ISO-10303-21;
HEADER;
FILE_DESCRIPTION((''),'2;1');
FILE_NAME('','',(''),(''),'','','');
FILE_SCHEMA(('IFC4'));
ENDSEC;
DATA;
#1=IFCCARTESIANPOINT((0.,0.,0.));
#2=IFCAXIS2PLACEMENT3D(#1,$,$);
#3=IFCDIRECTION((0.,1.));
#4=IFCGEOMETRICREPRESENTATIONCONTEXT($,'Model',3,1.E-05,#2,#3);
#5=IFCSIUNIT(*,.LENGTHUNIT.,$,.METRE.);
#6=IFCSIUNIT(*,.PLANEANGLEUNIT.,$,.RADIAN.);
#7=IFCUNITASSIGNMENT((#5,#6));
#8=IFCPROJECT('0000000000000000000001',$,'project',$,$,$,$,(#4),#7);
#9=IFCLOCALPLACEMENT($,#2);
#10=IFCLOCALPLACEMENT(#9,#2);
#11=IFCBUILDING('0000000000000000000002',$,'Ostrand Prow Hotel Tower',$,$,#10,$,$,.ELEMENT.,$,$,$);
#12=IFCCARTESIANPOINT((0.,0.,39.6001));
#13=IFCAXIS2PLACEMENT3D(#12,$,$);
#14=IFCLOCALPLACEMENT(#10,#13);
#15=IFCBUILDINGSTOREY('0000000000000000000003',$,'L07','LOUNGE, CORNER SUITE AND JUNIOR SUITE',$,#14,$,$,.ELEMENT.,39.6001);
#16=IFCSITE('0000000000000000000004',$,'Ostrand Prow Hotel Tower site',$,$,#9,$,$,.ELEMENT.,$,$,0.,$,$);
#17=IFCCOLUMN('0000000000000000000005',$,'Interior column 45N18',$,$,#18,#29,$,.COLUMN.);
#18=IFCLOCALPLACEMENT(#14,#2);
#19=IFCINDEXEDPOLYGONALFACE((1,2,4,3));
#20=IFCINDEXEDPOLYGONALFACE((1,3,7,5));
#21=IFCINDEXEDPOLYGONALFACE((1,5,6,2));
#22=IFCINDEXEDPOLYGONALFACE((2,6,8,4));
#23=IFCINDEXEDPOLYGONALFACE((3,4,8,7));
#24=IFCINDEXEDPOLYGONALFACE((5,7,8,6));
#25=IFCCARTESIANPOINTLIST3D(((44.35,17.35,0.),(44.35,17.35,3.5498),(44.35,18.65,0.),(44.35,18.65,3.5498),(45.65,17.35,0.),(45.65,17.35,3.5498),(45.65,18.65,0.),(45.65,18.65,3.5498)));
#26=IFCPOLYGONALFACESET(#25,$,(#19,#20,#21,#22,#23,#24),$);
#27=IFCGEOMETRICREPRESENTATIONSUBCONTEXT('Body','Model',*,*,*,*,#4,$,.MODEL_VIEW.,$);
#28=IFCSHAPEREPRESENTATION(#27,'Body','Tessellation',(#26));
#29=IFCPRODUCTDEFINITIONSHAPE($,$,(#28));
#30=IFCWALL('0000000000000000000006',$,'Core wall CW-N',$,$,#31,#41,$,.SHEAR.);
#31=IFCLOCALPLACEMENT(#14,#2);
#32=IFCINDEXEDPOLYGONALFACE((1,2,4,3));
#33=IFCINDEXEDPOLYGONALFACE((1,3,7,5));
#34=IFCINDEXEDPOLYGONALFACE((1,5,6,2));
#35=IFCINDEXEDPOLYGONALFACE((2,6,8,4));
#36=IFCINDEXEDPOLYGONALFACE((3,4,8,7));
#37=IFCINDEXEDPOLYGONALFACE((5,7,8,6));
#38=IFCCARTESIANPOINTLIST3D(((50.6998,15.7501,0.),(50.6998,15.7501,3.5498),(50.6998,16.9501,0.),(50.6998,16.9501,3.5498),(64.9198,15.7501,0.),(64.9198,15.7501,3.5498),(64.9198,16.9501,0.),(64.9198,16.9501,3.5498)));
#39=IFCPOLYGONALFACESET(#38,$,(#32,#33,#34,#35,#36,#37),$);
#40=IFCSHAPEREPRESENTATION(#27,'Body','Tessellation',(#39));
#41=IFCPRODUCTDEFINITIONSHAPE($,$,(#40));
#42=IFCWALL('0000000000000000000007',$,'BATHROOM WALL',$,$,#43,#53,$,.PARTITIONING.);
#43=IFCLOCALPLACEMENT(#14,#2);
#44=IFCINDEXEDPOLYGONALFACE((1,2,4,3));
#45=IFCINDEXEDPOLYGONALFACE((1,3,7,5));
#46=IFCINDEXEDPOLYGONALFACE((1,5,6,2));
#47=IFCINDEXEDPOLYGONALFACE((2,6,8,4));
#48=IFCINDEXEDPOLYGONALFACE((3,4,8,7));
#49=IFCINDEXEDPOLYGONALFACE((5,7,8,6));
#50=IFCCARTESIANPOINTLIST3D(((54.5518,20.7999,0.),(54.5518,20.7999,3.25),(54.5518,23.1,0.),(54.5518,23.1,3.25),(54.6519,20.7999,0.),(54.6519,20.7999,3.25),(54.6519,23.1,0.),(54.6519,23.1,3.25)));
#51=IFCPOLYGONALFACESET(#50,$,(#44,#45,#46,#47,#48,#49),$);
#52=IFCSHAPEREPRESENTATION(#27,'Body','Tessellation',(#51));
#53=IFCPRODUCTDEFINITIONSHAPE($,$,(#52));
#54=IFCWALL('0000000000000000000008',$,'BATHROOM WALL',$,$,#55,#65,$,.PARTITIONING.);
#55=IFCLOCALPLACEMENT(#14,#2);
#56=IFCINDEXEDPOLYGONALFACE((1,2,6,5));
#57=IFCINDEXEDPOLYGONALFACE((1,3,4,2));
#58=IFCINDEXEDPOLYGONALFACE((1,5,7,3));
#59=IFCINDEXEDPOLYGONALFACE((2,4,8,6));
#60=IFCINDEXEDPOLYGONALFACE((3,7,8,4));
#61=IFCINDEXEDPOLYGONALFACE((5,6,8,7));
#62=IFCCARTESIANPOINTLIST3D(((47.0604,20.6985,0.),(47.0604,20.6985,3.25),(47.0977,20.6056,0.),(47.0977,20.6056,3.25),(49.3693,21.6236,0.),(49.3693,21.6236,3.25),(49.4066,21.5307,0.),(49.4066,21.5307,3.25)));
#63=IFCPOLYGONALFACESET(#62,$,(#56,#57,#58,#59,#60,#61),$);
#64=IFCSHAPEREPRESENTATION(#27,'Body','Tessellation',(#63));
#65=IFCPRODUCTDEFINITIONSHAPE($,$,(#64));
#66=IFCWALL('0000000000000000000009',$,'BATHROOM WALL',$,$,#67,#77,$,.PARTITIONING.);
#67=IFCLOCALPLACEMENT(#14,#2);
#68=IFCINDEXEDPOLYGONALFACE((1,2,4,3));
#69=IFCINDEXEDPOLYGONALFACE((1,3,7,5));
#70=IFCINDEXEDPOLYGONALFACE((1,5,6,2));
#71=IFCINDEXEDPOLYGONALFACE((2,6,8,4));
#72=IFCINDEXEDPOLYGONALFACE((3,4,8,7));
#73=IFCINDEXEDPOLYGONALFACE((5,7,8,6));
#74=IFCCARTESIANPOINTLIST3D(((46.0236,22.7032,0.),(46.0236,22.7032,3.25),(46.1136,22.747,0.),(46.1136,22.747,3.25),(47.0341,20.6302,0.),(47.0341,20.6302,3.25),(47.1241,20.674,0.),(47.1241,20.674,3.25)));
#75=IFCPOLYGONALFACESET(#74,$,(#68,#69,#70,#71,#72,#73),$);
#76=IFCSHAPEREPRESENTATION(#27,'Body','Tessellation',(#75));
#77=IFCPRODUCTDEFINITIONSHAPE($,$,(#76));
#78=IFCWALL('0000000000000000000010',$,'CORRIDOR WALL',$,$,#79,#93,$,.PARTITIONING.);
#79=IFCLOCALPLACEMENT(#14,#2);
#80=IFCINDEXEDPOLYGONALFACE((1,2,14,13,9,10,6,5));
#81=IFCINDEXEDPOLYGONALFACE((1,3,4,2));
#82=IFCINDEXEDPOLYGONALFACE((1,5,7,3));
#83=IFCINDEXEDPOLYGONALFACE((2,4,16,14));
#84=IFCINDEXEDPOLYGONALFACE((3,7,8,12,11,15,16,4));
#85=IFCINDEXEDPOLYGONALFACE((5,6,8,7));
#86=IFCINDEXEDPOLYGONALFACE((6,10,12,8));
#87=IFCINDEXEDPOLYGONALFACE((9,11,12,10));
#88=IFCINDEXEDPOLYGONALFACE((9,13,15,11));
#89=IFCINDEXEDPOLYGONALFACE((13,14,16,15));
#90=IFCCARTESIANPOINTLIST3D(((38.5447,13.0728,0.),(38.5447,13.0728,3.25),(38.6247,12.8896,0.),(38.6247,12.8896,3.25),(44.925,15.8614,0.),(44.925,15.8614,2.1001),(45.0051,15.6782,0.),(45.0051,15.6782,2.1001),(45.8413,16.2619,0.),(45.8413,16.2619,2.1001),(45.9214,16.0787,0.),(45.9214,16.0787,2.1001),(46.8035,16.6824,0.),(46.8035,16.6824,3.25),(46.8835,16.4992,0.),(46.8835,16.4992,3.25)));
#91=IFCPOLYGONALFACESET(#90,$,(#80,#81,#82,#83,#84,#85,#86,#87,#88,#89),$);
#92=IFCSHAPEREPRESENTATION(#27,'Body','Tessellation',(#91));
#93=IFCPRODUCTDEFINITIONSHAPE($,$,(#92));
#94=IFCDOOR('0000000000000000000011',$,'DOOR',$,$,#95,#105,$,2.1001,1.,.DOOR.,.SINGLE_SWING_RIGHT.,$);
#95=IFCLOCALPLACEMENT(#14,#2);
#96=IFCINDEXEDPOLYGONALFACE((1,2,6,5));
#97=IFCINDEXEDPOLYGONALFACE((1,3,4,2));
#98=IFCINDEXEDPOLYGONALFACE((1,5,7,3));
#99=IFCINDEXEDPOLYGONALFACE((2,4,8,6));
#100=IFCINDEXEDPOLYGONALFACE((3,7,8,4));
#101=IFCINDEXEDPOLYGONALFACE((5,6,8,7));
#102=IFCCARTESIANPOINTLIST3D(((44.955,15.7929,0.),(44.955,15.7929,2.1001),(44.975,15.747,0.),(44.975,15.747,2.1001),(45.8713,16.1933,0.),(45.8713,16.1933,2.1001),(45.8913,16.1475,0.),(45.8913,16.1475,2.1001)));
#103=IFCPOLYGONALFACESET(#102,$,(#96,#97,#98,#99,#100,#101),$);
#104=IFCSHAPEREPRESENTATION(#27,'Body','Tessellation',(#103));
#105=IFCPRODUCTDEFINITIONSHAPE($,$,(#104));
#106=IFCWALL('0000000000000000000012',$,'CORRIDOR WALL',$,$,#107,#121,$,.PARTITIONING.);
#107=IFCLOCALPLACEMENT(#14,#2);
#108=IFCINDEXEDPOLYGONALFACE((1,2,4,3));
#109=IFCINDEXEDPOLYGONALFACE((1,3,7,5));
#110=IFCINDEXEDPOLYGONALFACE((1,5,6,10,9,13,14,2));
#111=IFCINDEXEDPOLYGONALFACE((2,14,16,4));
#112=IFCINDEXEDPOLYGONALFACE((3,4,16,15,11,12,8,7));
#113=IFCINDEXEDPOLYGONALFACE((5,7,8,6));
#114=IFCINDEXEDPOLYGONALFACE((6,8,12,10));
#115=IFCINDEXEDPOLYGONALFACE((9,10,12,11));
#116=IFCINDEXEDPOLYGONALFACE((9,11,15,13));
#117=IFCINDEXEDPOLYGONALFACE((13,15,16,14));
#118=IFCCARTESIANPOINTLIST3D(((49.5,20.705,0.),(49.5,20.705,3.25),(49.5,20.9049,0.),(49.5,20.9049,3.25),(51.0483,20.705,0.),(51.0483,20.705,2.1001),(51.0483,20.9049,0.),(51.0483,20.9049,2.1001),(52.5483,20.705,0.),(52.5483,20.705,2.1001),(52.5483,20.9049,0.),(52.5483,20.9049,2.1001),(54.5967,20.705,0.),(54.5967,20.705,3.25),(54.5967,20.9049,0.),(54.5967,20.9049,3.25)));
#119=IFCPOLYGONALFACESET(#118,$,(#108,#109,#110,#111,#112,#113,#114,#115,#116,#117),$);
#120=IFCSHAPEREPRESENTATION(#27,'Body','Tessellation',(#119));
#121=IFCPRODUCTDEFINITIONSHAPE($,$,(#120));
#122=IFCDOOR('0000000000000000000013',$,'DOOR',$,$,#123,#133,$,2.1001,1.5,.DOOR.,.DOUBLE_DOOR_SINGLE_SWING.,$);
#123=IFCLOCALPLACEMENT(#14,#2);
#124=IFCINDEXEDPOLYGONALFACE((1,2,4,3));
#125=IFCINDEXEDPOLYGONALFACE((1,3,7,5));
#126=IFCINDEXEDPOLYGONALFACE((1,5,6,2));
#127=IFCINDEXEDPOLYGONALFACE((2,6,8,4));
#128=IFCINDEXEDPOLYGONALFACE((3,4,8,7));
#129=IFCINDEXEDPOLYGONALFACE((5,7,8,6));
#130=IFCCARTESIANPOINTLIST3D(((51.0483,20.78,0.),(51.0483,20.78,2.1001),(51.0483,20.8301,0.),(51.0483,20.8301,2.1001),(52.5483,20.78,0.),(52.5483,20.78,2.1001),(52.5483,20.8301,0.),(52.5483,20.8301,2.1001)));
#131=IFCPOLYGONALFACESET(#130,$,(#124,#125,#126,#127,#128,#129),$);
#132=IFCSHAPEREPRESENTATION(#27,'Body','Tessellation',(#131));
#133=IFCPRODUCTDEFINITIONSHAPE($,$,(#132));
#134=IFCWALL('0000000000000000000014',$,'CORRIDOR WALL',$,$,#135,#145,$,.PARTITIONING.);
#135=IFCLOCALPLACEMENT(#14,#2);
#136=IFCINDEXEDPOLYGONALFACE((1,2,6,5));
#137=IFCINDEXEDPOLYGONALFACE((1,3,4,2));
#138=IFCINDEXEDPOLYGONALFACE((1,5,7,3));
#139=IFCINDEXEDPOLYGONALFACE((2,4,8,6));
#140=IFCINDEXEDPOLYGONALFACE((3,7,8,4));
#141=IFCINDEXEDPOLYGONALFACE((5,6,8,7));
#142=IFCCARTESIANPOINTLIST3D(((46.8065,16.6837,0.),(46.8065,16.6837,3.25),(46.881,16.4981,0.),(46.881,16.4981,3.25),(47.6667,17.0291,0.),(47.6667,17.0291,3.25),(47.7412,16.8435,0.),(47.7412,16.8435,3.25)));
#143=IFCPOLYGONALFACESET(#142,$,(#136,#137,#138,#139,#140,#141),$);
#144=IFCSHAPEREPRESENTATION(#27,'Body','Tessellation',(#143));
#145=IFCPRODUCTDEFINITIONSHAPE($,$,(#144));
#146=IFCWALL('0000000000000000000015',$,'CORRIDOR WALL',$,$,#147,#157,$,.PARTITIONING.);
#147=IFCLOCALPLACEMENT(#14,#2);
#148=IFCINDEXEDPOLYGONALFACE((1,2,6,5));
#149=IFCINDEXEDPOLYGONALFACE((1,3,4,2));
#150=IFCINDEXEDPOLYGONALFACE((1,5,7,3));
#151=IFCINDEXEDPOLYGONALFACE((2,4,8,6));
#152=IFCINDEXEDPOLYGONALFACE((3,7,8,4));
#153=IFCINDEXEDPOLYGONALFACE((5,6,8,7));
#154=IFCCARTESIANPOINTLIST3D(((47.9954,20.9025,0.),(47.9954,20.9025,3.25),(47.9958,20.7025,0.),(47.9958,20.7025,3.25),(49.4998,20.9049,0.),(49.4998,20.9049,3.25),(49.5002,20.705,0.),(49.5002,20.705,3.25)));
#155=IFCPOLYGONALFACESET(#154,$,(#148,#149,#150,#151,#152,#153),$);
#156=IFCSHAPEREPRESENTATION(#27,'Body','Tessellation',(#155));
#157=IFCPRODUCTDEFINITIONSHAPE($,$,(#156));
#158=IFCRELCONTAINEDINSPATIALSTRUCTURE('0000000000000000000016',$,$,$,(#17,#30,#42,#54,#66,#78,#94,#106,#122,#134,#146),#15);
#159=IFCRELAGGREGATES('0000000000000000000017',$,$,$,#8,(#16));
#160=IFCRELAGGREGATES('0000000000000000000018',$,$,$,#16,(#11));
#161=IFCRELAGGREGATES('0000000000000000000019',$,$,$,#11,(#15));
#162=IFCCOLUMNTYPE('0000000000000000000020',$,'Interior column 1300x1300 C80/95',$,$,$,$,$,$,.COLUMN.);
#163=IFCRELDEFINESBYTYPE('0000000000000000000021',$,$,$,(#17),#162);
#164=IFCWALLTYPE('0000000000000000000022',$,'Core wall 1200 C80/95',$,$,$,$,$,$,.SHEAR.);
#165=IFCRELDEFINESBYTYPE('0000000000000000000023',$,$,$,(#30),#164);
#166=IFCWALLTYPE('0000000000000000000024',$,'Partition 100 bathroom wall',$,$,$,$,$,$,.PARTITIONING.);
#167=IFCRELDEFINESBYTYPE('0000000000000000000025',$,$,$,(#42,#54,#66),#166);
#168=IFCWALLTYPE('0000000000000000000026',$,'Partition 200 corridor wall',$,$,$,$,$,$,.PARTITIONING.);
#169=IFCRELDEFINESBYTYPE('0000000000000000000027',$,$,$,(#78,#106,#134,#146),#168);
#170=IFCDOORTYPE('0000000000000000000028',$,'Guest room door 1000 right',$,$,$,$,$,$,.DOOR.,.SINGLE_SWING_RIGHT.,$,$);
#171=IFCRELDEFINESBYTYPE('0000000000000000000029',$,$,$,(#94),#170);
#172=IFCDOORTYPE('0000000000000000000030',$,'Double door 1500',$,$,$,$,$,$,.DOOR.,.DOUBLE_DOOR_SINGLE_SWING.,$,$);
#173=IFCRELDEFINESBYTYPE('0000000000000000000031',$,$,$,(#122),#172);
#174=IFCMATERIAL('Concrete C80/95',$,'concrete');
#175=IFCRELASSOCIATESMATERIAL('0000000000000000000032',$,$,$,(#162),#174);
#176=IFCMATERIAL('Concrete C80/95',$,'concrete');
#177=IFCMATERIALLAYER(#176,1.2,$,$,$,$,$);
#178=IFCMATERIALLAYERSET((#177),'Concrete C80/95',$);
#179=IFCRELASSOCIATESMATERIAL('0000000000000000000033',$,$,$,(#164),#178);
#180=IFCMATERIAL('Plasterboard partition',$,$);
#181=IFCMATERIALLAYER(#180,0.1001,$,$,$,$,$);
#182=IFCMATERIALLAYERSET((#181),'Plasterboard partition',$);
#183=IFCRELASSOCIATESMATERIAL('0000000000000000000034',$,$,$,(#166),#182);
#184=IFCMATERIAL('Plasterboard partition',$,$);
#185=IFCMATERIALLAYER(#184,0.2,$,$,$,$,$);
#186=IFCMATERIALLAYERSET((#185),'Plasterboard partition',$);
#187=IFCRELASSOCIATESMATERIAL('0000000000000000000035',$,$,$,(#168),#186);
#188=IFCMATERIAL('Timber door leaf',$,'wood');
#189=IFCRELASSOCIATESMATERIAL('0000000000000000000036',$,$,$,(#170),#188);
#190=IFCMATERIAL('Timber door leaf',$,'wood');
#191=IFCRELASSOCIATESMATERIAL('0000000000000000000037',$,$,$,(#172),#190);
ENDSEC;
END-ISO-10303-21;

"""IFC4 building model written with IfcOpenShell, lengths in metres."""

from ifc_helpers import new_model, si_unit, direction, frame, frame_2d, origin, origin_2d, place, context, subcontext, project, spatial, rectangle, extrude, material, layer, layer_set, material_profile, profile_set, type_object, element, fill, save


model = new_model("IFC4")

# Units and contexts
model_context = context("Model", 3, precision=1e-05, world=origin(), true_north=direction((0.0, 1.0)))
body_context = subcontext(model_context, "Body", "Model", "MODEL_VIEW")
ifc_project = project(units=[si_unit("LENGTHUNIT", "METRE"), si_unit("PLANEANGLEUNIT", "RADIAN")], contexts=[model_context])

# Site, building, storey
site_placement = place(None, origin())
site = spatial("IfcSite", under=ifc_project, at=site_placement, Name="Ostrand Prow Hotel Tower site", CompositionType="ELEMENT", RefElevation=0.0)
building_placement = place(site_placement, origin())
building = spatial("IfcBuilding", under=site, at=building_placement, Name="Ostrand Prow Hotel Tower", CompositionType="ELEMENT")
storey_placement = place(building_placement, frame((0.0, 0.0, 39.6001)))
storey = spatial("IfcBuildingStorey", under=building, at=storey_placement, Name="L07", Description="LOUNGE, CORNER SUITE AND JUNIOR SUITE", CompositionType="ELEMENT", Elevation=39.6001)

# Column
ifc_material_1 = material(Name="Concrete C80/95", Category="concrete")
ifc_material_profile = material_profile(ifc_material_1, rectangle(XDim=1.3, YDim=1.3, at=origin_2d()), Name="RC 1300x1300")
ifc_profile_set = profile_set([ifc_material_profile], Name="Concrete C80/95")
column_type = type_object("IfcColumnType", Name="Interior column 1300x1300 C80/95", PredefinedType="COLUMN", material=ifc_profile_set)
column_placement = place(storey_placement, frame((45.0, 18.0, 0.0), z_axis=(0.0, 0.0, 1.0), x_axis=(1.0, 0.0, 0.0)))
element("IfcColumn", 1, at=column_placement, inside=storey, type_object=column_type, Name="Interior column 45N18", PredefinedType="COLUMN", context=body_context, shape_type="SweptSolid", body=[
    extrude(rectangle(XDim=1.3, YDim=1.3, at=origin_2d()), origin(), (0.0, 0.0, 1.0), 3.5498),
])

# Walls
ifc_material_2 = material(Name="Concrete C80/95", Category="concrete")
ifc_layer_1 = layer(ifc_material_2, 1.2)
ifc_layer_set_1 = layer_set([ifc_layer_1], Name="Concrete C80/95")
wall_type_1 = type_object("IfcWallType", Name="Core wall 1200 C80/95", PredefinedType="SHEAR", material=ifc_layer_set_1)
wall_1_placement = place(storey_placement, frame((50.7, 16.3501, 0.0), z_axis=(0.0, 0.0, 1.0), x_axis=(1.0, 0.0, 0.0)))
element("IfcWall", 2, at=wall_1_placement, inside=storey, type_object=wall_type_1, Name="Core wall CW-N", PredefinedType="SHEAR", context=body_context, shape_type="SweptSolid", body=[
    extrude(rectangle(XDim=14.22, YDim=1.2, at=frame_2d((7.1099, 0.0))), origin(), (0.0, 0.0, 1.0), 3.5498),
])
ifc_material_3 = material(Name="Plasterboard partition")
ifc_layer_2 = layer(ifc_material_3, 0.1001)
ifc_layer_set_2 = layer_set([ifc_layer_2], Name="Plasterboard partition")
wall_type_2 = type_object("IfcWallType", Name="Partition 100 bathroom wall", PredefinedType="PARTITIONING", material=ifc_layer_set_2)
wall_2_placement = place(storey_placement, frame((54.6018, 20.8, 0.0), z_axis=(0.0, 0.0, 1.0), x_axis=(0.0, 1.0, 0.0)))
element("IfcWall", 3, at=wall_2_placement, inside=storey, type_object=wall_type_2, Name="BATHROOM WALL", PredefinedType="PARTITIONING", context=body_context, shape_type="SweptSolid", body=[
    extrude(rectangle(XDim=2.3, YDim=0.1001, at=frame_2d((1.1499, 0.0))), origin(), (0.0, 0.0, 1.0), 3.25),
])
wall_3_placement = place(storey_placement, frame((49.3879, 21.5771, 0.0), z_axis=(0.0, 0.0, 1.0), x_axis=(-0.928267, -0.371915, 0.0)))
element("IfcWall", 4, at=wall_3_placement, inside=storey, type_object=wall_type_2, Name="BATHROOM WALL", PredefinedType="PARTITIONING", context=body_context, shape_type="SweptSolid", body=[
    extrude(rectangle(XDim=2.4873, YDim=0.1001, at=frame_2d((1.2437, 0.0))), origin(), (0.0, 0.0, 1.0), 3.25),
])
wall_4_placement = place(storey_placement, frame((47.0791, 20.6521, 0.0), z_axis=(0.0, 0.0, 1.0), x_axis=(-0.438171, 0.898892, 0.0)))
element("IfcWall", 5, at=wall_4_placement, inside=storey, type_object=wall_type_2, Name="BATHROOM WALL", PredefinedType="PARTITIONING", context=body_context, shape_type="SweptSolid", body=[
    extrude(rectangle(XDim=2.3062, YDim=0.1001, at=frame_2d((1.1531, 0.0))), origin(), (0.0, 0.0, 1.0), 3.25),
])

# Walls, openings, doors
ifc_material_4 = material(Name="Plasterboard partition")
ifc_layer_3 = layer(ifc_material_4, 0.2)
ifc_layer_set_3 = layer_set([ifc_layer_3], Name="Plasterboard partition")
wall_type_3 = type_object("IfcWallType", Name="Partition 200 corridor wall", PredefinedType="PARTITIONING", material=ifc_layer_set_3)
wall_5_placement = place(storey_placement, frame((46.8435, 16.5908, 0.0), z_axis=(0.0, 0.0, 1.0), x_axis=(-0.916304, -0.400483, 0.0)))
wall_5 = element("IfcWall", 6, at=wall_5_placement, inside=storey, type_object=wall_type_3, Name="CORRIDOR WALL", PredefinedType="PARTITIONING", context=body_context, shape_type="SweptSolid", body=[
    extrude(rectangle(XDim=9.0132, YDim=0.2, at=frame_2d((4.5066, 0.0))), origin(), (0.0, 0.0, 1.0), 3.25),
])
opening_1_placement = place(wall_5_placement, frame((1.05, 0.0, 0.0)))
opening_1 = element("IfcOpeningElement", 7, at=opening_1_placement, cuts=wall_5, PredefinedType="OPENING", context=body_context, shape_type="SweptSolid", body=[
    extrude(rectangle(XDim=1.0, YDim=2.1001, at=frame_2d((0.5, 1.05))), frame((0.0, 0.1099, 0.0), z_axis=(0.0, -1.0, 0.0), x_axis=(1.0, 0.0, 0.0)), (0.0, 0.0, 1.0), 0.22),
])
ifc_material_5 = material(Name="Timber door leaf", Category="wood")
door_type_1 = type_object("IfcDoorType", Name="Guest room door 1000 right", OperationType="SINGLE_SWING_RIGHT", PredefinedType="DOOR", material=ifc_material_5)
door_1_placement = place(opening_1_placement, origin())
door_1 = element("IfcDoor", 8, at=door_1_placement, inside=storey, type_object=door_type_1, Name="DOOR", OperationType="SINGLE_SWING_RIGHT", OverallHeight=2.1001, OverallWidth=1.0, PredefinedType="DOOR", context=body_context, shape_type="SweptSolid", body=[
    extrude(rectangle(XDim=1.0, YDim=2.1001, at=frame_2d((0.5, 1.05))), frame((0.0, 0.0249, 0.0), z_axis=(0.0, -1.0, 0.0), x_axis=(1.0, 0.0, 0.0)), (0.0, 0.0, 1.0), 0.05),
])
fill(opening_1, door_1)
wall_6_placement = place(storey_placement, frame((54.5967, 20.8049, 0.0), z_axis=(0.0, 0.0, 1.0), x_axis=(-1.0, 0.0, 0.0)))
wall_6 = element("IfcWall", 9, at=wall_6_placement, inside=storey, type_object=wall_type_3, Name="CORRIDOR WALL", PredefinedType="PARTITIONING", context=body_context, shape_type="SweptSolid", body=[
    extrude(rectangle(XDim=5.0967, YDim=0.2, at=frame_2d((2.5483, 0.0))), origin(), (0.0, 0.0, 1.0), 3.25),
])
opening_2_placement = place(wall_6_placement, frame((2.0483, 0.0, 0.0)))
opening_2 = element("IfcOpeningElement", 10, at=opening_2_placement, cuts=wall_6, PredefinedType="OPENING", context=body_context, shape_type="SweptSolid", body=[
    extrude(rectangle(XDim=1.5, YDim=2.1001, at=frame_2d((0.75, 1.05))), frame((0.0, 0.1099, 0.0), z_axis=(0.0, -1.0, 0.0), x_axis=(1.0, 0.0, 0.0)), (0.0, 0.0, 1.0), 0.22),
])
ifc_material_6 = material(Name="Timber door leaf", Category="wood")
door_type_2 = type_object("IfcDoorType", Name="Double door 1500", OperationType="DOUBLE_DOOR_SINGLE_SWING", PredefinedType="DOOR", material=ifc_material_6)
door_2_placement = place(opening_2_placement, origin())
door_2 = element("IfcDoor", 11, at=door_2_placement, inside=storey, type_object=door_type_2, Name="DOOR", OperationType="DOUBLE_DOOR_SINGLE_SWING", OverallHeight=2.1001, OverallWidth=1.5, PredefinedType="DOOR", context=body_context, shape_type="SweptSolid", body=[
    extrude(rectangle(XDim=1.5, YDim=2.1001, at=frame_2d((0.75, 1.05))), frame((0.0, 0.0249, 0.0), z_axis=(0.0, -1.0, 0.0), x_axis=(1.0, 0.0, 0.0)), (0.0, 0.0, 1.0), 0.05),
])
fill(opening_2, door_2)

# Walls
wall_7_placement = place(storey_placement, frame((47.7039, 16.9363, 0.0), z_axis=(0.0, 0.0, 1.0), x_axis=(-0.927986, -0.372616, 0.0)))
element("IfcWall", 12, at=wall_7_placement, inside=storey, type_object=wall_type_3, Name="CORRIDOR WALL", PredefinedType="PARTITIONING", context=body_context, shape_type="SweptSolid", body=[
    extrude(rectangle(XDim=0.927, YDim=0.2, at=frame_2d((0.4634, 0.0))), origin(), (0.0, 0.0, 1.0), 3.25),
])
wall_8_placement = place(storey_placement, frame((49.5, 20.8049, 0.0), z_axis=(0.0, 0.0, 1.0), x_axis=(-0.999999, -0.001623, 0.0)))
element("IfcWall", 13, at=wall_8_placement, inside=storey, type_object=wall_type_3, Name="CORRIDOR WALL", PredefinedType="PARTITIONING", context=body_context, shape_type="SweptSolid", body=[
    extrude(rectangle(XDim=1.5044, YDim=0.2, at=frame_2d((0.7522, 0.0))), origin(), (0.0, 0.0, 1.0), 3.25),
])

save(model, "model.ifc")
